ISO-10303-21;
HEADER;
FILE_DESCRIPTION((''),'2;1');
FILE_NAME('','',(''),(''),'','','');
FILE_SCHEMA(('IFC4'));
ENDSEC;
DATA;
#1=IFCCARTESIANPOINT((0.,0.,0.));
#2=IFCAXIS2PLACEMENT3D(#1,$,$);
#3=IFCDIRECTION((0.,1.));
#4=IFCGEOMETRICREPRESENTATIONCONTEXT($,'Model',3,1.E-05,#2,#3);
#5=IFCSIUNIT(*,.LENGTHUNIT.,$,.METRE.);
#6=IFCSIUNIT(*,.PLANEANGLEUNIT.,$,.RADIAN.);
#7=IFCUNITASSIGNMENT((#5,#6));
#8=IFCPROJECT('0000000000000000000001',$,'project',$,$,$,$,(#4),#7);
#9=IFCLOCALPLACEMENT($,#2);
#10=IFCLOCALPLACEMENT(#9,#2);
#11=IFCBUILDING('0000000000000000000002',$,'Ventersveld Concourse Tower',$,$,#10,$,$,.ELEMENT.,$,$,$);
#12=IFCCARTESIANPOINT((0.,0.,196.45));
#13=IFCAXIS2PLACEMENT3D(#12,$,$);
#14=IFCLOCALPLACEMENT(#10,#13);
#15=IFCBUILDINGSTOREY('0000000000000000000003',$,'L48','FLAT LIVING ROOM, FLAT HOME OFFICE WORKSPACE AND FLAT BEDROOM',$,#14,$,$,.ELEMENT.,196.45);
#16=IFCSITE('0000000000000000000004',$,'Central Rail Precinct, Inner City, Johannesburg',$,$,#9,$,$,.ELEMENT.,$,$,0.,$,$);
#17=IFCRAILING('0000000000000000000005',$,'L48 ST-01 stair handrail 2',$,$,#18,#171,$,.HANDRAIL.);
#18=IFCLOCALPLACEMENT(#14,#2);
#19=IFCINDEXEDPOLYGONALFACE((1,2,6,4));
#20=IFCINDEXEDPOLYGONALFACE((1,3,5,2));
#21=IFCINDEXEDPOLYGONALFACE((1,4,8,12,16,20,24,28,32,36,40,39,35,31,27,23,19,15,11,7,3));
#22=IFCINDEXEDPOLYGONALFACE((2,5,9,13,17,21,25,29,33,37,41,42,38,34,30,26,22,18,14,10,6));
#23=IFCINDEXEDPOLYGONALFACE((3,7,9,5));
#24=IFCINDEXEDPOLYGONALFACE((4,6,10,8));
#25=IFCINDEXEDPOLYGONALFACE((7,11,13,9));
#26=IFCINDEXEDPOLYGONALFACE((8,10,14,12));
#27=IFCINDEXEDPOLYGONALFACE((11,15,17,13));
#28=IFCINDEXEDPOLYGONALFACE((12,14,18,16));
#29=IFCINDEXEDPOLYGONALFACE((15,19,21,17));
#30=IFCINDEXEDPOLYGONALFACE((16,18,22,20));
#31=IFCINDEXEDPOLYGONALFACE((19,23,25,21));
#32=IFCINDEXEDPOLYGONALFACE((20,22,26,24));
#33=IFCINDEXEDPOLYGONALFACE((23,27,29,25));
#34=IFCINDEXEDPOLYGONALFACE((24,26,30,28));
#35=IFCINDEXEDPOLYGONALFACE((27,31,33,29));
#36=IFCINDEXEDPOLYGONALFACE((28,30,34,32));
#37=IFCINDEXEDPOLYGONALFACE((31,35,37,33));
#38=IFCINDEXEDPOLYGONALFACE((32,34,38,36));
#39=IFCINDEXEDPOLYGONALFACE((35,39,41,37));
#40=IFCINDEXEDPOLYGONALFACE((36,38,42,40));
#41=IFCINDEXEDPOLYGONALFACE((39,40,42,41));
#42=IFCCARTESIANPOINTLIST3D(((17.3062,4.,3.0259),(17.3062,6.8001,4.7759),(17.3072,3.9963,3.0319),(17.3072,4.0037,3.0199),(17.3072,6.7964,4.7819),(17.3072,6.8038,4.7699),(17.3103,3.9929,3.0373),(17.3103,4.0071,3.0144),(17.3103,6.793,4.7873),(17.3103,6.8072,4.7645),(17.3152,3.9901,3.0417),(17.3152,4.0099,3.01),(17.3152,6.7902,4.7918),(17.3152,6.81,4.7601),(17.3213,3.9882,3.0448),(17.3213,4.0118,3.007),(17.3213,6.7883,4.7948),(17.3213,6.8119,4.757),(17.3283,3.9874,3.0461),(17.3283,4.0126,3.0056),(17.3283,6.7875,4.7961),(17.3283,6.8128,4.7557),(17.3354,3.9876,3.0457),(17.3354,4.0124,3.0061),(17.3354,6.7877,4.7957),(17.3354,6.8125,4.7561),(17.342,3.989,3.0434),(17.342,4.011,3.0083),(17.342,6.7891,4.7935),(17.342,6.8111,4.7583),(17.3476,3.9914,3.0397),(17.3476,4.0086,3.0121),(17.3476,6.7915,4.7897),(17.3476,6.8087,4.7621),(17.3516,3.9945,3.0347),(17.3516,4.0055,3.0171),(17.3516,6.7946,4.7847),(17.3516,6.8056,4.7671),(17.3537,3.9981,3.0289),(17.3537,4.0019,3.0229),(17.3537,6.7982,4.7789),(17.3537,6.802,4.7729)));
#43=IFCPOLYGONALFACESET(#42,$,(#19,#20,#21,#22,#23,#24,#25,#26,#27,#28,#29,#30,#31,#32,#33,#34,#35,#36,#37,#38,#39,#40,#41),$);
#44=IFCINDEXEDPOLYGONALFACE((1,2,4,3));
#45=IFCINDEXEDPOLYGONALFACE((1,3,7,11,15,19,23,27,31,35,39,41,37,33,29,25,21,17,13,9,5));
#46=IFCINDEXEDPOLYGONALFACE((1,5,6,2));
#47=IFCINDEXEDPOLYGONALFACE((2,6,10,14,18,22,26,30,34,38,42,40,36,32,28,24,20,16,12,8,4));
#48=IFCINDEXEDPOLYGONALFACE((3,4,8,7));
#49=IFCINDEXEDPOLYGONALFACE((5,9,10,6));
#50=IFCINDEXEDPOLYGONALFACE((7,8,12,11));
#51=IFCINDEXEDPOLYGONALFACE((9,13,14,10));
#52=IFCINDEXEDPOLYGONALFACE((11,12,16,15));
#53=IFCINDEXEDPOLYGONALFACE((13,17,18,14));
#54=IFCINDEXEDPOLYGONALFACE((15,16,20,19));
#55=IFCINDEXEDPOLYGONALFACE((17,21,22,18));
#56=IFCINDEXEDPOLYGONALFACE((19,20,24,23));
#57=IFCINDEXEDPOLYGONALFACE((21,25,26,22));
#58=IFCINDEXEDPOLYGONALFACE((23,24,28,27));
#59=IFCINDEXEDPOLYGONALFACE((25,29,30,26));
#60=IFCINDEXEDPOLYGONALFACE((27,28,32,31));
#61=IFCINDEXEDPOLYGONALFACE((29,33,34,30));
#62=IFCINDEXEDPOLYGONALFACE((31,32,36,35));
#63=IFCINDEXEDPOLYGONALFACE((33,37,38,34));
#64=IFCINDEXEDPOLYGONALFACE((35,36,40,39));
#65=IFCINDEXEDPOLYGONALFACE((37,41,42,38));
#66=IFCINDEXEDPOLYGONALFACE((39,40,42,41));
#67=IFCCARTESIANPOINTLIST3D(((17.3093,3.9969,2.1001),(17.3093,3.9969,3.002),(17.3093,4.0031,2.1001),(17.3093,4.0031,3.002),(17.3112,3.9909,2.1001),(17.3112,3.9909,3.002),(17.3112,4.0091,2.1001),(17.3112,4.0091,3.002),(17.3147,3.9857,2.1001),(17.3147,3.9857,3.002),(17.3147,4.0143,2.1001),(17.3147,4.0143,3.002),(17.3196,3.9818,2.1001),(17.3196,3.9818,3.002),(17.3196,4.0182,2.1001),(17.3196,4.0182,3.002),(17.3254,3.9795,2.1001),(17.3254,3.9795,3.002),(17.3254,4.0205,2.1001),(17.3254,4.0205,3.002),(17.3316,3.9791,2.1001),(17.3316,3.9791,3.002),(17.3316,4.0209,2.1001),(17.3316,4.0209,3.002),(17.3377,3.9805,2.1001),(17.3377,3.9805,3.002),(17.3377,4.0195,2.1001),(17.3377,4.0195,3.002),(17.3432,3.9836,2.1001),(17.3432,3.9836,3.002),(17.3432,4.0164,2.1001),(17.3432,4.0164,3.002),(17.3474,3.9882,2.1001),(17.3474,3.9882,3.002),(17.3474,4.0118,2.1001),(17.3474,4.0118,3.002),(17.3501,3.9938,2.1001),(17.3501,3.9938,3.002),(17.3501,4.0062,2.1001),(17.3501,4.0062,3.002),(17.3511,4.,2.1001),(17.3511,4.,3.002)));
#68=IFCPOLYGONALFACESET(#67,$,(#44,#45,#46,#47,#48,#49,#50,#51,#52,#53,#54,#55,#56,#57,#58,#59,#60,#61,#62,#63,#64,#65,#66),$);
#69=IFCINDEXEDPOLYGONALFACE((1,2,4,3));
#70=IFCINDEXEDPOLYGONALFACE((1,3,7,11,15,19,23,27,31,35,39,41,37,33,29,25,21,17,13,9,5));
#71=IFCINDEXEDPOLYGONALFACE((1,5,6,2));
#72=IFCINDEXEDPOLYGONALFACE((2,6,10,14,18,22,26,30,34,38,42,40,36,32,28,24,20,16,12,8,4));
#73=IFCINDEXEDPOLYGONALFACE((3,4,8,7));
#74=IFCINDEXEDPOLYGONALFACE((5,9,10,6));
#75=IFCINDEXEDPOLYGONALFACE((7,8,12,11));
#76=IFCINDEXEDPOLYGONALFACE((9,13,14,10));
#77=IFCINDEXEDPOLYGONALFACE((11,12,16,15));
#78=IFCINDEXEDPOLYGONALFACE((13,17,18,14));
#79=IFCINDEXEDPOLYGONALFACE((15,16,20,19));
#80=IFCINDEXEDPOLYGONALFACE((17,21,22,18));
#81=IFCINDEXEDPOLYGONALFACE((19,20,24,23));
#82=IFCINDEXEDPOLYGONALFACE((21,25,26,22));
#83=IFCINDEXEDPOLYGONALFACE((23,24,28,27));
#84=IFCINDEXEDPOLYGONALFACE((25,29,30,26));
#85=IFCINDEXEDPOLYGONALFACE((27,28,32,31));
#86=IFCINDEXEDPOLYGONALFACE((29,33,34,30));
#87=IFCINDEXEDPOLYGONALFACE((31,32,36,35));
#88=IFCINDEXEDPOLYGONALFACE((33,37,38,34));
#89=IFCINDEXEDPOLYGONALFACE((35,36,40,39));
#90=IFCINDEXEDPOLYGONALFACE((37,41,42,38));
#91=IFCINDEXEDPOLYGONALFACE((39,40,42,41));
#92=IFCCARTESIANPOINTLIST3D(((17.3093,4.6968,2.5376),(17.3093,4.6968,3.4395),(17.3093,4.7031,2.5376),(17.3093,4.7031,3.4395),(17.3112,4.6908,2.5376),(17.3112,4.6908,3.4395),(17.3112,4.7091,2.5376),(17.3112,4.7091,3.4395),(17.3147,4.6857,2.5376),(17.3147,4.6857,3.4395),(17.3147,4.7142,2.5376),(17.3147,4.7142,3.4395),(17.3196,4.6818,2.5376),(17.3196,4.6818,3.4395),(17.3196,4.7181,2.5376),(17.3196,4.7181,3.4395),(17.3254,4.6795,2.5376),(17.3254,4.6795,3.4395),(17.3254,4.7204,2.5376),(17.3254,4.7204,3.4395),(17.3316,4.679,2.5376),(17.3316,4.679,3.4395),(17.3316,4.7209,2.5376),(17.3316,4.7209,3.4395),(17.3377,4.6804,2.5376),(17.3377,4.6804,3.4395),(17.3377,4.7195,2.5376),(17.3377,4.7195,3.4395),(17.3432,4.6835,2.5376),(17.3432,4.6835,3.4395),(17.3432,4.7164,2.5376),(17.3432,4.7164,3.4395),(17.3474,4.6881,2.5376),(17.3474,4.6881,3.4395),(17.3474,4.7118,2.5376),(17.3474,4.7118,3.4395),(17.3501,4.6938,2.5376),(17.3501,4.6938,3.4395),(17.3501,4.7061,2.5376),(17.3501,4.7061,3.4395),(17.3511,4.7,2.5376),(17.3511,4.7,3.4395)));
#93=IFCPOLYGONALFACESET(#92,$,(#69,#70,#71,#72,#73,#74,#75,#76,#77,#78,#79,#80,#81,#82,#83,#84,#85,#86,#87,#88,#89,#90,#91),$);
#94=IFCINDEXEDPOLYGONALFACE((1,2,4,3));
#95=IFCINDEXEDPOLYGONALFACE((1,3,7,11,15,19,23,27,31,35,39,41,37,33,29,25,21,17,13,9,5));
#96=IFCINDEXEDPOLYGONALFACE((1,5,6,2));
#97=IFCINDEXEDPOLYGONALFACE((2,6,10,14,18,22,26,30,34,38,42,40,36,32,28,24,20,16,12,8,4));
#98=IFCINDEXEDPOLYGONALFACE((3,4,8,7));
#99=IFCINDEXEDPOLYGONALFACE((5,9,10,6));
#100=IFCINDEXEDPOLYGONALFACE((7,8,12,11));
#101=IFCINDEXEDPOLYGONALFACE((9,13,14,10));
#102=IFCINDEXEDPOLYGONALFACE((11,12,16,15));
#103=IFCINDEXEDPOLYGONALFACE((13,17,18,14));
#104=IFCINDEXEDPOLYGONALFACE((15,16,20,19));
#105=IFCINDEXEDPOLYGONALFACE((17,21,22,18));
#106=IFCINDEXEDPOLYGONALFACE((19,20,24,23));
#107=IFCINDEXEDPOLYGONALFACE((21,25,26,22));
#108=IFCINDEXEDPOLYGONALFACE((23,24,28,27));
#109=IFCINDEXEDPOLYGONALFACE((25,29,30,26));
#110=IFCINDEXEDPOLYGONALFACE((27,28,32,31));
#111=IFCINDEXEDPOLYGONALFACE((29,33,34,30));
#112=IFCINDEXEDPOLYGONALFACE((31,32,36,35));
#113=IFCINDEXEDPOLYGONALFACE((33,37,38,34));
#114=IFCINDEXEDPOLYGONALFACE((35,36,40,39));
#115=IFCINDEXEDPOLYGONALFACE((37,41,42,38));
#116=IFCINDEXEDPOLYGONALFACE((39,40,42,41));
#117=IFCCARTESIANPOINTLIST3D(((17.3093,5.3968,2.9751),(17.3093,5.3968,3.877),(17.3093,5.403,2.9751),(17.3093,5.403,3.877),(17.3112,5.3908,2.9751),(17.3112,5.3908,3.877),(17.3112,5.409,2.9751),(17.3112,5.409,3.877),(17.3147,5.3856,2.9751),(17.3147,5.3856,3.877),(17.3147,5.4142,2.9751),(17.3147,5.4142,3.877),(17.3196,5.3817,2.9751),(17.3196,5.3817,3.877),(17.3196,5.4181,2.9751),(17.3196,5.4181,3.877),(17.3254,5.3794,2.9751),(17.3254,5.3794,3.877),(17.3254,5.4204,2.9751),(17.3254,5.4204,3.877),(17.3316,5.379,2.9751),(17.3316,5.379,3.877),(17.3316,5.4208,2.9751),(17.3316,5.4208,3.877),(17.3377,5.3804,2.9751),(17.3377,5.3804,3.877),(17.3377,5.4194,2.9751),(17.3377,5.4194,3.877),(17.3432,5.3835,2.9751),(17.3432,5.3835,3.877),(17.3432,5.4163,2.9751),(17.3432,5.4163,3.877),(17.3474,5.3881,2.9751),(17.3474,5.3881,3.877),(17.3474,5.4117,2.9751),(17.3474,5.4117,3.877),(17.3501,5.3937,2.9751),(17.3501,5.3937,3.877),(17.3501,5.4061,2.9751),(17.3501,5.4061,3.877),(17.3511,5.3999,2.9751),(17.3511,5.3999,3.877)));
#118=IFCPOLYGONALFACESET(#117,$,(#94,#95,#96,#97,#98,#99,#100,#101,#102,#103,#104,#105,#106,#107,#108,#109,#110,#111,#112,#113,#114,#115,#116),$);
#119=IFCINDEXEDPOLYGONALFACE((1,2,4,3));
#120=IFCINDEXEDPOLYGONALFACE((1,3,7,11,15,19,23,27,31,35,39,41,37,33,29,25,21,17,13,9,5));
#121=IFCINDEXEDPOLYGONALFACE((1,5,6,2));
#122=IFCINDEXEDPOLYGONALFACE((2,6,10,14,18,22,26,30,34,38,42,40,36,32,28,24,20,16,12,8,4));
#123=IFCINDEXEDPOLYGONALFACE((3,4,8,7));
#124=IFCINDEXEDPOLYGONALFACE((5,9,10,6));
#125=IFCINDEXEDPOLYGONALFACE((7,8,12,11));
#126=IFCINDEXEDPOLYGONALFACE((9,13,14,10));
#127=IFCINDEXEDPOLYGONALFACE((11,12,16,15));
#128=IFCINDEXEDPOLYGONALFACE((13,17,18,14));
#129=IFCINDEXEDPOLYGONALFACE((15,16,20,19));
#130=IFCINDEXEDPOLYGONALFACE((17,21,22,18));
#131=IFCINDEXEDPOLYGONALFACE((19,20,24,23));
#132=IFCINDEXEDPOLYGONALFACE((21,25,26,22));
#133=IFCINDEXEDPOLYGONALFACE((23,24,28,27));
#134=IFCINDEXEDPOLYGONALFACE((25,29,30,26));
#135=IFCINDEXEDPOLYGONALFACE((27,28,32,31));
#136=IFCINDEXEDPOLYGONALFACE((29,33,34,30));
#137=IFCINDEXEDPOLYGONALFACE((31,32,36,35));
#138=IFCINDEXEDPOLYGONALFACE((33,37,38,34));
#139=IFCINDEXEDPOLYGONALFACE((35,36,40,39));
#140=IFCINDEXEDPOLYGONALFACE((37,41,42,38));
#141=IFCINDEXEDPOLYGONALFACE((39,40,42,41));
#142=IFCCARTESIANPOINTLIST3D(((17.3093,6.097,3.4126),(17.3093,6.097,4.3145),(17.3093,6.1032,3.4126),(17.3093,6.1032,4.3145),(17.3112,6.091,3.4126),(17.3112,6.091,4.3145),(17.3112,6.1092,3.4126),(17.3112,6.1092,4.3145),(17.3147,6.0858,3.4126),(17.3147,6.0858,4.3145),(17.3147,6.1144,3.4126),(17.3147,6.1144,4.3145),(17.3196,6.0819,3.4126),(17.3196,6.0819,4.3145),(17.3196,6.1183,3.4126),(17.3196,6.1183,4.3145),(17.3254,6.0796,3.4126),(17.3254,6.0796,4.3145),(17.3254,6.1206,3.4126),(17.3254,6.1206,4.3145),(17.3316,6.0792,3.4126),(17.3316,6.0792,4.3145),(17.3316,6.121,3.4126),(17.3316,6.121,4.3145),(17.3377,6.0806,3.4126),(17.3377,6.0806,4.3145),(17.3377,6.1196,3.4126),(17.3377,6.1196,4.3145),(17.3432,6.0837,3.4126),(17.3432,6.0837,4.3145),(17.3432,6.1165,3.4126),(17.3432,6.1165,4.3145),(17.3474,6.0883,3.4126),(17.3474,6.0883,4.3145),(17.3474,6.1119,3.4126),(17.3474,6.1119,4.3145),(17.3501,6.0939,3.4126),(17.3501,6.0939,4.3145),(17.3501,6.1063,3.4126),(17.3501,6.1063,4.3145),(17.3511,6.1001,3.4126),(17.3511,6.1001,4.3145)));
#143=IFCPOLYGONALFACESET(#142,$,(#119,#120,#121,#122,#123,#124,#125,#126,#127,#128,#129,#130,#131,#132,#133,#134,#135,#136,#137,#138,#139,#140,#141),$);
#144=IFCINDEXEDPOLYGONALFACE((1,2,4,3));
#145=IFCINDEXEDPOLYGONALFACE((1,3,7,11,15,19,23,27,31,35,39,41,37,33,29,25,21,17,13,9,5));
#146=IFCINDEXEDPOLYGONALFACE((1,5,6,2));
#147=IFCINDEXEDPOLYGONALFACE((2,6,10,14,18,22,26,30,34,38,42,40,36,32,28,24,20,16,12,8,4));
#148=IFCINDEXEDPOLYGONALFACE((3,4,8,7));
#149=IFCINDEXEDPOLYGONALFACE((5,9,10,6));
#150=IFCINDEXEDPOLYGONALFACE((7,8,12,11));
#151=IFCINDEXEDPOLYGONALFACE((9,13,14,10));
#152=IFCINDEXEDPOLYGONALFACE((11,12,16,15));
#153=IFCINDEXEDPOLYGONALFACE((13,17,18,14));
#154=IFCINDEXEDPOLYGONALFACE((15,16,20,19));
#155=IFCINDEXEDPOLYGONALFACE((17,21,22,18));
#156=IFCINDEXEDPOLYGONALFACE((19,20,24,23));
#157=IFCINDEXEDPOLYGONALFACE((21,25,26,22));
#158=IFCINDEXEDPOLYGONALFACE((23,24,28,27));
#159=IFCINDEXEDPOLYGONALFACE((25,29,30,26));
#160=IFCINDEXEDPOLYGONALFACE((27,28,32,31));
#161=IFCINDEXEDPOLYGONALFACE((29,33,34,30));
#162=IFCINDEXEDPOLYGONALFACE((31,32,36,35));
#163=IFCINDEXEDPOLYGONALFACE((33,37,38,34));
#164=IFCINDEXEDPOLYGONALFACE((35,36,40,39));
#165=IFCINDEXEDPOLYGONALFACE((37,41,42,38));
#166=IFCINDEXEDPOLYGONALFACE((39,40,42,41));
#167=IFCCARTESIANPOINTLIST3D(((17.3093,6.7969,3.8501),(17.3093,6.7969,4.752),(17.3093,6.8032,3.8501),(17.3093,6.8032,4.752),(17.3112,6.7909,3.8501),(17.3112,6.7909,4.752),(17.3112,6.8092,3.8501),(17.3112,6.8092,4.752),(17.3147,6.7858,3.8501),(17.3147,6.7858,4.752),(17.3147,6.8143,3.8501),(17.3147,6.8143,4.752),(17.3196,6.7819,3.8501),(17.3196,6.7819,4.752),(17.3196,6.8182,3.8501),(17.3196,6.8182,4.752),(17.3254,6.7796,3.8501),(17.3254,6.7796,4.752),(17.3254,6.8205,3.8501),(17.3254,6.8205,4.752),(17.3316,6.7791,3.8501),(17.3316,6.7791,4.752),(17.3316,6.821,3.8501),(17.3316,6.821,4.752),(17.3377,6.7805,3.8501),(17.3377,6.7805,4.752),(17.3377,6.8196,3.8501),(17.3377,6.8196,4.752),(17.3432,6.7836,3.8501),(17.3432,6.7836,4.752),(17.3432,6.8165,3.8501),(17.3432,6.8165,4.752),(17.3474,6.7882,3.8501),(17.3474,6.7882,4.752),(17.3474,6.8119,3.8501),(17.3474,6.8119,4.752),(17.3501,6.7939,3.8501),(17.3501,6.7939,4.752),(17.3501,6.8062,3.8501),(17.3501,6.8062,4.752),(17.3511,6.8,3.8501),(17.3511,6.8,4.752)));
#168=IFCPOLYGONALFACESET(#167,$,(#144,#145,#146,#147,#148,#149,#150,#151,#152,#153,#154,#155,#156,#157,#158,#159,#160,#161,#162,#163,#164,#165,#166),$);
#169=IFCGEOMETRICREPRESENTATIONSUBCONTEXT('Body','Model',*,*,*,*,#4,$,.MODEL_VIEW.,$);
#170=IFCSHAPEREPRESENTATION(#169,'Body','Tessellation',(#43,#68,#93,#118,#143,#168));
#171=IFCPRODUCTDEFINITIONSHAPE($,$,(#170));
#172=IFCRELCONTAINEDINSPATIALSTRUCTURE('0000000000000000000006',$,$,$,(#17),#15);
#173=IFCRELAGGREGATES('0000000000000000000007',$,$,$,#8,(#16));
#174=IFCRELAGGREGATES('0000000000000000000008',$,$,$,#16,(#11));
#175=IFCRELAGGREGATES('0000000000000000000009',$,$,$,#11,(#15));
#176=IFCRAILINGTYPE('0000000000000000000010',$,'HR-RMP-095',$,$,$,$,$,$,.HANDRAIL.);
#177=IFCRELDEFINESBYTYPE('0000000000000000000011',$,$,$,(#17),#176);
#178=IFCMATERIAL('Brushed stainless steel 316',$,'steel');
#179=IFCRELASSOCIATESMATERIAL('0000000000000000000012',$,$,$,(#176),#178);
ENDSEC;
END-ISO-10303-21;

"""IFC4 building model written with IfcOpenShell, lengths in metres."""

from ifc_helpers import new_model, si_unit, direction, frame, origin, origin_2d, place, context, subcontext, project, spatial, circle, extrude, material, type_object, element, save


model = new_model("IFC4")

# Units and contexts
model_context = context("Model", 3, precision=1e-05, world=origin(), true_north=direction((0.0, 1.0)))
body_context = subcontext(model_context, "Body", "Model", "MODEL_VIEW")
ifc_project = project(units=[si_unit("LENGTHUNIT", "METRE"), si_unit("PLANEANGLEUNIT", "RADIAN")], contexts=[model_context])

# Site, building, storey
site_placement = place(None, origin())
site = spatial("IfcSite", under=ifc_project, at=site_placement, Name="Central Rail Precinct, Inner City, Johannesburg", CompositionType="ELEMENT", RefElevation=0.0)
building_placement = place(site_placement, origin())
building = spatial("IfcBuilding", under=site, at=building_placement, Name="Ventersveld Concourse Tower", CompositionType="ELEMENT")
storey_placement = place(building_placement, frame((0.0, 0.0, 196.45)))
storey = spatial("IfcBuildingStorey", under=building, at=storey_placement, Name="L48", Description="FLAT LIVING ROOM, FLAT HOME OFFICE WORKSPACE AND FLAT BEDROOM", CompositionType="ELEMENT", Elevation=196.45)

# Railing
ifc_material_1 = material(Name="Brushed stainless steel 316", Category="steel")
railing_type_1 = type_object("IfcRailingType", Name="HR-RMP-095", PredefinedType="HANDRAIL", material=ifc_material_1)
railing_1_placement = place(storey_placement, frame((17.3301, 4.0, 2.1001)))
element("IfcRailing", 1, at=railing_1_placement, inside=storey, type_object=railing_type_1, Name="L48 ST-01 stair handrail 2", PredefinedType="HANDRAIL", context=body_context, shape_type="SweptSolid", body=[
    extrude(circle(Radius=0.0239, at=origin_2d()), frame((0.0, 0.0, 0.9258), z_axis=(0.0, 0.848002, 0.529992), x_axis=(-1.0, 0.0, 0.0)), (0.0, 0.0, 1.0), 3.302),
    extrude(circle(Radius=0.021, at=origin_2d()), origin(), (0.0, 0.0, 1.0), 0.9019),
    extrude(circle(Radius=0.021, at=origin_2d()), frame((0.0, 0.7, 0.4375)), (0.0, 0.0, 1.0), 0.9019),
    extrude(circle(Radius=0.021, at=origin_2d()), frame((0.0, 1.3999, 0.875)), (0.0, 0.0, 1.0), 0.9019),
    extrude(circle(Radius=0.021, at=origin_2d()), frame((0.0, 2.1001, 1.3125)), (0.0, 0.0, 1.0), 0.9019),
    extrude(circle(Radius=0.021, at=origin_2d()), frame((0.0, 2.8, 1.75)), (0.0, 0.0, 1.0), 0.9019),
])

save(model, "model.ifc")
